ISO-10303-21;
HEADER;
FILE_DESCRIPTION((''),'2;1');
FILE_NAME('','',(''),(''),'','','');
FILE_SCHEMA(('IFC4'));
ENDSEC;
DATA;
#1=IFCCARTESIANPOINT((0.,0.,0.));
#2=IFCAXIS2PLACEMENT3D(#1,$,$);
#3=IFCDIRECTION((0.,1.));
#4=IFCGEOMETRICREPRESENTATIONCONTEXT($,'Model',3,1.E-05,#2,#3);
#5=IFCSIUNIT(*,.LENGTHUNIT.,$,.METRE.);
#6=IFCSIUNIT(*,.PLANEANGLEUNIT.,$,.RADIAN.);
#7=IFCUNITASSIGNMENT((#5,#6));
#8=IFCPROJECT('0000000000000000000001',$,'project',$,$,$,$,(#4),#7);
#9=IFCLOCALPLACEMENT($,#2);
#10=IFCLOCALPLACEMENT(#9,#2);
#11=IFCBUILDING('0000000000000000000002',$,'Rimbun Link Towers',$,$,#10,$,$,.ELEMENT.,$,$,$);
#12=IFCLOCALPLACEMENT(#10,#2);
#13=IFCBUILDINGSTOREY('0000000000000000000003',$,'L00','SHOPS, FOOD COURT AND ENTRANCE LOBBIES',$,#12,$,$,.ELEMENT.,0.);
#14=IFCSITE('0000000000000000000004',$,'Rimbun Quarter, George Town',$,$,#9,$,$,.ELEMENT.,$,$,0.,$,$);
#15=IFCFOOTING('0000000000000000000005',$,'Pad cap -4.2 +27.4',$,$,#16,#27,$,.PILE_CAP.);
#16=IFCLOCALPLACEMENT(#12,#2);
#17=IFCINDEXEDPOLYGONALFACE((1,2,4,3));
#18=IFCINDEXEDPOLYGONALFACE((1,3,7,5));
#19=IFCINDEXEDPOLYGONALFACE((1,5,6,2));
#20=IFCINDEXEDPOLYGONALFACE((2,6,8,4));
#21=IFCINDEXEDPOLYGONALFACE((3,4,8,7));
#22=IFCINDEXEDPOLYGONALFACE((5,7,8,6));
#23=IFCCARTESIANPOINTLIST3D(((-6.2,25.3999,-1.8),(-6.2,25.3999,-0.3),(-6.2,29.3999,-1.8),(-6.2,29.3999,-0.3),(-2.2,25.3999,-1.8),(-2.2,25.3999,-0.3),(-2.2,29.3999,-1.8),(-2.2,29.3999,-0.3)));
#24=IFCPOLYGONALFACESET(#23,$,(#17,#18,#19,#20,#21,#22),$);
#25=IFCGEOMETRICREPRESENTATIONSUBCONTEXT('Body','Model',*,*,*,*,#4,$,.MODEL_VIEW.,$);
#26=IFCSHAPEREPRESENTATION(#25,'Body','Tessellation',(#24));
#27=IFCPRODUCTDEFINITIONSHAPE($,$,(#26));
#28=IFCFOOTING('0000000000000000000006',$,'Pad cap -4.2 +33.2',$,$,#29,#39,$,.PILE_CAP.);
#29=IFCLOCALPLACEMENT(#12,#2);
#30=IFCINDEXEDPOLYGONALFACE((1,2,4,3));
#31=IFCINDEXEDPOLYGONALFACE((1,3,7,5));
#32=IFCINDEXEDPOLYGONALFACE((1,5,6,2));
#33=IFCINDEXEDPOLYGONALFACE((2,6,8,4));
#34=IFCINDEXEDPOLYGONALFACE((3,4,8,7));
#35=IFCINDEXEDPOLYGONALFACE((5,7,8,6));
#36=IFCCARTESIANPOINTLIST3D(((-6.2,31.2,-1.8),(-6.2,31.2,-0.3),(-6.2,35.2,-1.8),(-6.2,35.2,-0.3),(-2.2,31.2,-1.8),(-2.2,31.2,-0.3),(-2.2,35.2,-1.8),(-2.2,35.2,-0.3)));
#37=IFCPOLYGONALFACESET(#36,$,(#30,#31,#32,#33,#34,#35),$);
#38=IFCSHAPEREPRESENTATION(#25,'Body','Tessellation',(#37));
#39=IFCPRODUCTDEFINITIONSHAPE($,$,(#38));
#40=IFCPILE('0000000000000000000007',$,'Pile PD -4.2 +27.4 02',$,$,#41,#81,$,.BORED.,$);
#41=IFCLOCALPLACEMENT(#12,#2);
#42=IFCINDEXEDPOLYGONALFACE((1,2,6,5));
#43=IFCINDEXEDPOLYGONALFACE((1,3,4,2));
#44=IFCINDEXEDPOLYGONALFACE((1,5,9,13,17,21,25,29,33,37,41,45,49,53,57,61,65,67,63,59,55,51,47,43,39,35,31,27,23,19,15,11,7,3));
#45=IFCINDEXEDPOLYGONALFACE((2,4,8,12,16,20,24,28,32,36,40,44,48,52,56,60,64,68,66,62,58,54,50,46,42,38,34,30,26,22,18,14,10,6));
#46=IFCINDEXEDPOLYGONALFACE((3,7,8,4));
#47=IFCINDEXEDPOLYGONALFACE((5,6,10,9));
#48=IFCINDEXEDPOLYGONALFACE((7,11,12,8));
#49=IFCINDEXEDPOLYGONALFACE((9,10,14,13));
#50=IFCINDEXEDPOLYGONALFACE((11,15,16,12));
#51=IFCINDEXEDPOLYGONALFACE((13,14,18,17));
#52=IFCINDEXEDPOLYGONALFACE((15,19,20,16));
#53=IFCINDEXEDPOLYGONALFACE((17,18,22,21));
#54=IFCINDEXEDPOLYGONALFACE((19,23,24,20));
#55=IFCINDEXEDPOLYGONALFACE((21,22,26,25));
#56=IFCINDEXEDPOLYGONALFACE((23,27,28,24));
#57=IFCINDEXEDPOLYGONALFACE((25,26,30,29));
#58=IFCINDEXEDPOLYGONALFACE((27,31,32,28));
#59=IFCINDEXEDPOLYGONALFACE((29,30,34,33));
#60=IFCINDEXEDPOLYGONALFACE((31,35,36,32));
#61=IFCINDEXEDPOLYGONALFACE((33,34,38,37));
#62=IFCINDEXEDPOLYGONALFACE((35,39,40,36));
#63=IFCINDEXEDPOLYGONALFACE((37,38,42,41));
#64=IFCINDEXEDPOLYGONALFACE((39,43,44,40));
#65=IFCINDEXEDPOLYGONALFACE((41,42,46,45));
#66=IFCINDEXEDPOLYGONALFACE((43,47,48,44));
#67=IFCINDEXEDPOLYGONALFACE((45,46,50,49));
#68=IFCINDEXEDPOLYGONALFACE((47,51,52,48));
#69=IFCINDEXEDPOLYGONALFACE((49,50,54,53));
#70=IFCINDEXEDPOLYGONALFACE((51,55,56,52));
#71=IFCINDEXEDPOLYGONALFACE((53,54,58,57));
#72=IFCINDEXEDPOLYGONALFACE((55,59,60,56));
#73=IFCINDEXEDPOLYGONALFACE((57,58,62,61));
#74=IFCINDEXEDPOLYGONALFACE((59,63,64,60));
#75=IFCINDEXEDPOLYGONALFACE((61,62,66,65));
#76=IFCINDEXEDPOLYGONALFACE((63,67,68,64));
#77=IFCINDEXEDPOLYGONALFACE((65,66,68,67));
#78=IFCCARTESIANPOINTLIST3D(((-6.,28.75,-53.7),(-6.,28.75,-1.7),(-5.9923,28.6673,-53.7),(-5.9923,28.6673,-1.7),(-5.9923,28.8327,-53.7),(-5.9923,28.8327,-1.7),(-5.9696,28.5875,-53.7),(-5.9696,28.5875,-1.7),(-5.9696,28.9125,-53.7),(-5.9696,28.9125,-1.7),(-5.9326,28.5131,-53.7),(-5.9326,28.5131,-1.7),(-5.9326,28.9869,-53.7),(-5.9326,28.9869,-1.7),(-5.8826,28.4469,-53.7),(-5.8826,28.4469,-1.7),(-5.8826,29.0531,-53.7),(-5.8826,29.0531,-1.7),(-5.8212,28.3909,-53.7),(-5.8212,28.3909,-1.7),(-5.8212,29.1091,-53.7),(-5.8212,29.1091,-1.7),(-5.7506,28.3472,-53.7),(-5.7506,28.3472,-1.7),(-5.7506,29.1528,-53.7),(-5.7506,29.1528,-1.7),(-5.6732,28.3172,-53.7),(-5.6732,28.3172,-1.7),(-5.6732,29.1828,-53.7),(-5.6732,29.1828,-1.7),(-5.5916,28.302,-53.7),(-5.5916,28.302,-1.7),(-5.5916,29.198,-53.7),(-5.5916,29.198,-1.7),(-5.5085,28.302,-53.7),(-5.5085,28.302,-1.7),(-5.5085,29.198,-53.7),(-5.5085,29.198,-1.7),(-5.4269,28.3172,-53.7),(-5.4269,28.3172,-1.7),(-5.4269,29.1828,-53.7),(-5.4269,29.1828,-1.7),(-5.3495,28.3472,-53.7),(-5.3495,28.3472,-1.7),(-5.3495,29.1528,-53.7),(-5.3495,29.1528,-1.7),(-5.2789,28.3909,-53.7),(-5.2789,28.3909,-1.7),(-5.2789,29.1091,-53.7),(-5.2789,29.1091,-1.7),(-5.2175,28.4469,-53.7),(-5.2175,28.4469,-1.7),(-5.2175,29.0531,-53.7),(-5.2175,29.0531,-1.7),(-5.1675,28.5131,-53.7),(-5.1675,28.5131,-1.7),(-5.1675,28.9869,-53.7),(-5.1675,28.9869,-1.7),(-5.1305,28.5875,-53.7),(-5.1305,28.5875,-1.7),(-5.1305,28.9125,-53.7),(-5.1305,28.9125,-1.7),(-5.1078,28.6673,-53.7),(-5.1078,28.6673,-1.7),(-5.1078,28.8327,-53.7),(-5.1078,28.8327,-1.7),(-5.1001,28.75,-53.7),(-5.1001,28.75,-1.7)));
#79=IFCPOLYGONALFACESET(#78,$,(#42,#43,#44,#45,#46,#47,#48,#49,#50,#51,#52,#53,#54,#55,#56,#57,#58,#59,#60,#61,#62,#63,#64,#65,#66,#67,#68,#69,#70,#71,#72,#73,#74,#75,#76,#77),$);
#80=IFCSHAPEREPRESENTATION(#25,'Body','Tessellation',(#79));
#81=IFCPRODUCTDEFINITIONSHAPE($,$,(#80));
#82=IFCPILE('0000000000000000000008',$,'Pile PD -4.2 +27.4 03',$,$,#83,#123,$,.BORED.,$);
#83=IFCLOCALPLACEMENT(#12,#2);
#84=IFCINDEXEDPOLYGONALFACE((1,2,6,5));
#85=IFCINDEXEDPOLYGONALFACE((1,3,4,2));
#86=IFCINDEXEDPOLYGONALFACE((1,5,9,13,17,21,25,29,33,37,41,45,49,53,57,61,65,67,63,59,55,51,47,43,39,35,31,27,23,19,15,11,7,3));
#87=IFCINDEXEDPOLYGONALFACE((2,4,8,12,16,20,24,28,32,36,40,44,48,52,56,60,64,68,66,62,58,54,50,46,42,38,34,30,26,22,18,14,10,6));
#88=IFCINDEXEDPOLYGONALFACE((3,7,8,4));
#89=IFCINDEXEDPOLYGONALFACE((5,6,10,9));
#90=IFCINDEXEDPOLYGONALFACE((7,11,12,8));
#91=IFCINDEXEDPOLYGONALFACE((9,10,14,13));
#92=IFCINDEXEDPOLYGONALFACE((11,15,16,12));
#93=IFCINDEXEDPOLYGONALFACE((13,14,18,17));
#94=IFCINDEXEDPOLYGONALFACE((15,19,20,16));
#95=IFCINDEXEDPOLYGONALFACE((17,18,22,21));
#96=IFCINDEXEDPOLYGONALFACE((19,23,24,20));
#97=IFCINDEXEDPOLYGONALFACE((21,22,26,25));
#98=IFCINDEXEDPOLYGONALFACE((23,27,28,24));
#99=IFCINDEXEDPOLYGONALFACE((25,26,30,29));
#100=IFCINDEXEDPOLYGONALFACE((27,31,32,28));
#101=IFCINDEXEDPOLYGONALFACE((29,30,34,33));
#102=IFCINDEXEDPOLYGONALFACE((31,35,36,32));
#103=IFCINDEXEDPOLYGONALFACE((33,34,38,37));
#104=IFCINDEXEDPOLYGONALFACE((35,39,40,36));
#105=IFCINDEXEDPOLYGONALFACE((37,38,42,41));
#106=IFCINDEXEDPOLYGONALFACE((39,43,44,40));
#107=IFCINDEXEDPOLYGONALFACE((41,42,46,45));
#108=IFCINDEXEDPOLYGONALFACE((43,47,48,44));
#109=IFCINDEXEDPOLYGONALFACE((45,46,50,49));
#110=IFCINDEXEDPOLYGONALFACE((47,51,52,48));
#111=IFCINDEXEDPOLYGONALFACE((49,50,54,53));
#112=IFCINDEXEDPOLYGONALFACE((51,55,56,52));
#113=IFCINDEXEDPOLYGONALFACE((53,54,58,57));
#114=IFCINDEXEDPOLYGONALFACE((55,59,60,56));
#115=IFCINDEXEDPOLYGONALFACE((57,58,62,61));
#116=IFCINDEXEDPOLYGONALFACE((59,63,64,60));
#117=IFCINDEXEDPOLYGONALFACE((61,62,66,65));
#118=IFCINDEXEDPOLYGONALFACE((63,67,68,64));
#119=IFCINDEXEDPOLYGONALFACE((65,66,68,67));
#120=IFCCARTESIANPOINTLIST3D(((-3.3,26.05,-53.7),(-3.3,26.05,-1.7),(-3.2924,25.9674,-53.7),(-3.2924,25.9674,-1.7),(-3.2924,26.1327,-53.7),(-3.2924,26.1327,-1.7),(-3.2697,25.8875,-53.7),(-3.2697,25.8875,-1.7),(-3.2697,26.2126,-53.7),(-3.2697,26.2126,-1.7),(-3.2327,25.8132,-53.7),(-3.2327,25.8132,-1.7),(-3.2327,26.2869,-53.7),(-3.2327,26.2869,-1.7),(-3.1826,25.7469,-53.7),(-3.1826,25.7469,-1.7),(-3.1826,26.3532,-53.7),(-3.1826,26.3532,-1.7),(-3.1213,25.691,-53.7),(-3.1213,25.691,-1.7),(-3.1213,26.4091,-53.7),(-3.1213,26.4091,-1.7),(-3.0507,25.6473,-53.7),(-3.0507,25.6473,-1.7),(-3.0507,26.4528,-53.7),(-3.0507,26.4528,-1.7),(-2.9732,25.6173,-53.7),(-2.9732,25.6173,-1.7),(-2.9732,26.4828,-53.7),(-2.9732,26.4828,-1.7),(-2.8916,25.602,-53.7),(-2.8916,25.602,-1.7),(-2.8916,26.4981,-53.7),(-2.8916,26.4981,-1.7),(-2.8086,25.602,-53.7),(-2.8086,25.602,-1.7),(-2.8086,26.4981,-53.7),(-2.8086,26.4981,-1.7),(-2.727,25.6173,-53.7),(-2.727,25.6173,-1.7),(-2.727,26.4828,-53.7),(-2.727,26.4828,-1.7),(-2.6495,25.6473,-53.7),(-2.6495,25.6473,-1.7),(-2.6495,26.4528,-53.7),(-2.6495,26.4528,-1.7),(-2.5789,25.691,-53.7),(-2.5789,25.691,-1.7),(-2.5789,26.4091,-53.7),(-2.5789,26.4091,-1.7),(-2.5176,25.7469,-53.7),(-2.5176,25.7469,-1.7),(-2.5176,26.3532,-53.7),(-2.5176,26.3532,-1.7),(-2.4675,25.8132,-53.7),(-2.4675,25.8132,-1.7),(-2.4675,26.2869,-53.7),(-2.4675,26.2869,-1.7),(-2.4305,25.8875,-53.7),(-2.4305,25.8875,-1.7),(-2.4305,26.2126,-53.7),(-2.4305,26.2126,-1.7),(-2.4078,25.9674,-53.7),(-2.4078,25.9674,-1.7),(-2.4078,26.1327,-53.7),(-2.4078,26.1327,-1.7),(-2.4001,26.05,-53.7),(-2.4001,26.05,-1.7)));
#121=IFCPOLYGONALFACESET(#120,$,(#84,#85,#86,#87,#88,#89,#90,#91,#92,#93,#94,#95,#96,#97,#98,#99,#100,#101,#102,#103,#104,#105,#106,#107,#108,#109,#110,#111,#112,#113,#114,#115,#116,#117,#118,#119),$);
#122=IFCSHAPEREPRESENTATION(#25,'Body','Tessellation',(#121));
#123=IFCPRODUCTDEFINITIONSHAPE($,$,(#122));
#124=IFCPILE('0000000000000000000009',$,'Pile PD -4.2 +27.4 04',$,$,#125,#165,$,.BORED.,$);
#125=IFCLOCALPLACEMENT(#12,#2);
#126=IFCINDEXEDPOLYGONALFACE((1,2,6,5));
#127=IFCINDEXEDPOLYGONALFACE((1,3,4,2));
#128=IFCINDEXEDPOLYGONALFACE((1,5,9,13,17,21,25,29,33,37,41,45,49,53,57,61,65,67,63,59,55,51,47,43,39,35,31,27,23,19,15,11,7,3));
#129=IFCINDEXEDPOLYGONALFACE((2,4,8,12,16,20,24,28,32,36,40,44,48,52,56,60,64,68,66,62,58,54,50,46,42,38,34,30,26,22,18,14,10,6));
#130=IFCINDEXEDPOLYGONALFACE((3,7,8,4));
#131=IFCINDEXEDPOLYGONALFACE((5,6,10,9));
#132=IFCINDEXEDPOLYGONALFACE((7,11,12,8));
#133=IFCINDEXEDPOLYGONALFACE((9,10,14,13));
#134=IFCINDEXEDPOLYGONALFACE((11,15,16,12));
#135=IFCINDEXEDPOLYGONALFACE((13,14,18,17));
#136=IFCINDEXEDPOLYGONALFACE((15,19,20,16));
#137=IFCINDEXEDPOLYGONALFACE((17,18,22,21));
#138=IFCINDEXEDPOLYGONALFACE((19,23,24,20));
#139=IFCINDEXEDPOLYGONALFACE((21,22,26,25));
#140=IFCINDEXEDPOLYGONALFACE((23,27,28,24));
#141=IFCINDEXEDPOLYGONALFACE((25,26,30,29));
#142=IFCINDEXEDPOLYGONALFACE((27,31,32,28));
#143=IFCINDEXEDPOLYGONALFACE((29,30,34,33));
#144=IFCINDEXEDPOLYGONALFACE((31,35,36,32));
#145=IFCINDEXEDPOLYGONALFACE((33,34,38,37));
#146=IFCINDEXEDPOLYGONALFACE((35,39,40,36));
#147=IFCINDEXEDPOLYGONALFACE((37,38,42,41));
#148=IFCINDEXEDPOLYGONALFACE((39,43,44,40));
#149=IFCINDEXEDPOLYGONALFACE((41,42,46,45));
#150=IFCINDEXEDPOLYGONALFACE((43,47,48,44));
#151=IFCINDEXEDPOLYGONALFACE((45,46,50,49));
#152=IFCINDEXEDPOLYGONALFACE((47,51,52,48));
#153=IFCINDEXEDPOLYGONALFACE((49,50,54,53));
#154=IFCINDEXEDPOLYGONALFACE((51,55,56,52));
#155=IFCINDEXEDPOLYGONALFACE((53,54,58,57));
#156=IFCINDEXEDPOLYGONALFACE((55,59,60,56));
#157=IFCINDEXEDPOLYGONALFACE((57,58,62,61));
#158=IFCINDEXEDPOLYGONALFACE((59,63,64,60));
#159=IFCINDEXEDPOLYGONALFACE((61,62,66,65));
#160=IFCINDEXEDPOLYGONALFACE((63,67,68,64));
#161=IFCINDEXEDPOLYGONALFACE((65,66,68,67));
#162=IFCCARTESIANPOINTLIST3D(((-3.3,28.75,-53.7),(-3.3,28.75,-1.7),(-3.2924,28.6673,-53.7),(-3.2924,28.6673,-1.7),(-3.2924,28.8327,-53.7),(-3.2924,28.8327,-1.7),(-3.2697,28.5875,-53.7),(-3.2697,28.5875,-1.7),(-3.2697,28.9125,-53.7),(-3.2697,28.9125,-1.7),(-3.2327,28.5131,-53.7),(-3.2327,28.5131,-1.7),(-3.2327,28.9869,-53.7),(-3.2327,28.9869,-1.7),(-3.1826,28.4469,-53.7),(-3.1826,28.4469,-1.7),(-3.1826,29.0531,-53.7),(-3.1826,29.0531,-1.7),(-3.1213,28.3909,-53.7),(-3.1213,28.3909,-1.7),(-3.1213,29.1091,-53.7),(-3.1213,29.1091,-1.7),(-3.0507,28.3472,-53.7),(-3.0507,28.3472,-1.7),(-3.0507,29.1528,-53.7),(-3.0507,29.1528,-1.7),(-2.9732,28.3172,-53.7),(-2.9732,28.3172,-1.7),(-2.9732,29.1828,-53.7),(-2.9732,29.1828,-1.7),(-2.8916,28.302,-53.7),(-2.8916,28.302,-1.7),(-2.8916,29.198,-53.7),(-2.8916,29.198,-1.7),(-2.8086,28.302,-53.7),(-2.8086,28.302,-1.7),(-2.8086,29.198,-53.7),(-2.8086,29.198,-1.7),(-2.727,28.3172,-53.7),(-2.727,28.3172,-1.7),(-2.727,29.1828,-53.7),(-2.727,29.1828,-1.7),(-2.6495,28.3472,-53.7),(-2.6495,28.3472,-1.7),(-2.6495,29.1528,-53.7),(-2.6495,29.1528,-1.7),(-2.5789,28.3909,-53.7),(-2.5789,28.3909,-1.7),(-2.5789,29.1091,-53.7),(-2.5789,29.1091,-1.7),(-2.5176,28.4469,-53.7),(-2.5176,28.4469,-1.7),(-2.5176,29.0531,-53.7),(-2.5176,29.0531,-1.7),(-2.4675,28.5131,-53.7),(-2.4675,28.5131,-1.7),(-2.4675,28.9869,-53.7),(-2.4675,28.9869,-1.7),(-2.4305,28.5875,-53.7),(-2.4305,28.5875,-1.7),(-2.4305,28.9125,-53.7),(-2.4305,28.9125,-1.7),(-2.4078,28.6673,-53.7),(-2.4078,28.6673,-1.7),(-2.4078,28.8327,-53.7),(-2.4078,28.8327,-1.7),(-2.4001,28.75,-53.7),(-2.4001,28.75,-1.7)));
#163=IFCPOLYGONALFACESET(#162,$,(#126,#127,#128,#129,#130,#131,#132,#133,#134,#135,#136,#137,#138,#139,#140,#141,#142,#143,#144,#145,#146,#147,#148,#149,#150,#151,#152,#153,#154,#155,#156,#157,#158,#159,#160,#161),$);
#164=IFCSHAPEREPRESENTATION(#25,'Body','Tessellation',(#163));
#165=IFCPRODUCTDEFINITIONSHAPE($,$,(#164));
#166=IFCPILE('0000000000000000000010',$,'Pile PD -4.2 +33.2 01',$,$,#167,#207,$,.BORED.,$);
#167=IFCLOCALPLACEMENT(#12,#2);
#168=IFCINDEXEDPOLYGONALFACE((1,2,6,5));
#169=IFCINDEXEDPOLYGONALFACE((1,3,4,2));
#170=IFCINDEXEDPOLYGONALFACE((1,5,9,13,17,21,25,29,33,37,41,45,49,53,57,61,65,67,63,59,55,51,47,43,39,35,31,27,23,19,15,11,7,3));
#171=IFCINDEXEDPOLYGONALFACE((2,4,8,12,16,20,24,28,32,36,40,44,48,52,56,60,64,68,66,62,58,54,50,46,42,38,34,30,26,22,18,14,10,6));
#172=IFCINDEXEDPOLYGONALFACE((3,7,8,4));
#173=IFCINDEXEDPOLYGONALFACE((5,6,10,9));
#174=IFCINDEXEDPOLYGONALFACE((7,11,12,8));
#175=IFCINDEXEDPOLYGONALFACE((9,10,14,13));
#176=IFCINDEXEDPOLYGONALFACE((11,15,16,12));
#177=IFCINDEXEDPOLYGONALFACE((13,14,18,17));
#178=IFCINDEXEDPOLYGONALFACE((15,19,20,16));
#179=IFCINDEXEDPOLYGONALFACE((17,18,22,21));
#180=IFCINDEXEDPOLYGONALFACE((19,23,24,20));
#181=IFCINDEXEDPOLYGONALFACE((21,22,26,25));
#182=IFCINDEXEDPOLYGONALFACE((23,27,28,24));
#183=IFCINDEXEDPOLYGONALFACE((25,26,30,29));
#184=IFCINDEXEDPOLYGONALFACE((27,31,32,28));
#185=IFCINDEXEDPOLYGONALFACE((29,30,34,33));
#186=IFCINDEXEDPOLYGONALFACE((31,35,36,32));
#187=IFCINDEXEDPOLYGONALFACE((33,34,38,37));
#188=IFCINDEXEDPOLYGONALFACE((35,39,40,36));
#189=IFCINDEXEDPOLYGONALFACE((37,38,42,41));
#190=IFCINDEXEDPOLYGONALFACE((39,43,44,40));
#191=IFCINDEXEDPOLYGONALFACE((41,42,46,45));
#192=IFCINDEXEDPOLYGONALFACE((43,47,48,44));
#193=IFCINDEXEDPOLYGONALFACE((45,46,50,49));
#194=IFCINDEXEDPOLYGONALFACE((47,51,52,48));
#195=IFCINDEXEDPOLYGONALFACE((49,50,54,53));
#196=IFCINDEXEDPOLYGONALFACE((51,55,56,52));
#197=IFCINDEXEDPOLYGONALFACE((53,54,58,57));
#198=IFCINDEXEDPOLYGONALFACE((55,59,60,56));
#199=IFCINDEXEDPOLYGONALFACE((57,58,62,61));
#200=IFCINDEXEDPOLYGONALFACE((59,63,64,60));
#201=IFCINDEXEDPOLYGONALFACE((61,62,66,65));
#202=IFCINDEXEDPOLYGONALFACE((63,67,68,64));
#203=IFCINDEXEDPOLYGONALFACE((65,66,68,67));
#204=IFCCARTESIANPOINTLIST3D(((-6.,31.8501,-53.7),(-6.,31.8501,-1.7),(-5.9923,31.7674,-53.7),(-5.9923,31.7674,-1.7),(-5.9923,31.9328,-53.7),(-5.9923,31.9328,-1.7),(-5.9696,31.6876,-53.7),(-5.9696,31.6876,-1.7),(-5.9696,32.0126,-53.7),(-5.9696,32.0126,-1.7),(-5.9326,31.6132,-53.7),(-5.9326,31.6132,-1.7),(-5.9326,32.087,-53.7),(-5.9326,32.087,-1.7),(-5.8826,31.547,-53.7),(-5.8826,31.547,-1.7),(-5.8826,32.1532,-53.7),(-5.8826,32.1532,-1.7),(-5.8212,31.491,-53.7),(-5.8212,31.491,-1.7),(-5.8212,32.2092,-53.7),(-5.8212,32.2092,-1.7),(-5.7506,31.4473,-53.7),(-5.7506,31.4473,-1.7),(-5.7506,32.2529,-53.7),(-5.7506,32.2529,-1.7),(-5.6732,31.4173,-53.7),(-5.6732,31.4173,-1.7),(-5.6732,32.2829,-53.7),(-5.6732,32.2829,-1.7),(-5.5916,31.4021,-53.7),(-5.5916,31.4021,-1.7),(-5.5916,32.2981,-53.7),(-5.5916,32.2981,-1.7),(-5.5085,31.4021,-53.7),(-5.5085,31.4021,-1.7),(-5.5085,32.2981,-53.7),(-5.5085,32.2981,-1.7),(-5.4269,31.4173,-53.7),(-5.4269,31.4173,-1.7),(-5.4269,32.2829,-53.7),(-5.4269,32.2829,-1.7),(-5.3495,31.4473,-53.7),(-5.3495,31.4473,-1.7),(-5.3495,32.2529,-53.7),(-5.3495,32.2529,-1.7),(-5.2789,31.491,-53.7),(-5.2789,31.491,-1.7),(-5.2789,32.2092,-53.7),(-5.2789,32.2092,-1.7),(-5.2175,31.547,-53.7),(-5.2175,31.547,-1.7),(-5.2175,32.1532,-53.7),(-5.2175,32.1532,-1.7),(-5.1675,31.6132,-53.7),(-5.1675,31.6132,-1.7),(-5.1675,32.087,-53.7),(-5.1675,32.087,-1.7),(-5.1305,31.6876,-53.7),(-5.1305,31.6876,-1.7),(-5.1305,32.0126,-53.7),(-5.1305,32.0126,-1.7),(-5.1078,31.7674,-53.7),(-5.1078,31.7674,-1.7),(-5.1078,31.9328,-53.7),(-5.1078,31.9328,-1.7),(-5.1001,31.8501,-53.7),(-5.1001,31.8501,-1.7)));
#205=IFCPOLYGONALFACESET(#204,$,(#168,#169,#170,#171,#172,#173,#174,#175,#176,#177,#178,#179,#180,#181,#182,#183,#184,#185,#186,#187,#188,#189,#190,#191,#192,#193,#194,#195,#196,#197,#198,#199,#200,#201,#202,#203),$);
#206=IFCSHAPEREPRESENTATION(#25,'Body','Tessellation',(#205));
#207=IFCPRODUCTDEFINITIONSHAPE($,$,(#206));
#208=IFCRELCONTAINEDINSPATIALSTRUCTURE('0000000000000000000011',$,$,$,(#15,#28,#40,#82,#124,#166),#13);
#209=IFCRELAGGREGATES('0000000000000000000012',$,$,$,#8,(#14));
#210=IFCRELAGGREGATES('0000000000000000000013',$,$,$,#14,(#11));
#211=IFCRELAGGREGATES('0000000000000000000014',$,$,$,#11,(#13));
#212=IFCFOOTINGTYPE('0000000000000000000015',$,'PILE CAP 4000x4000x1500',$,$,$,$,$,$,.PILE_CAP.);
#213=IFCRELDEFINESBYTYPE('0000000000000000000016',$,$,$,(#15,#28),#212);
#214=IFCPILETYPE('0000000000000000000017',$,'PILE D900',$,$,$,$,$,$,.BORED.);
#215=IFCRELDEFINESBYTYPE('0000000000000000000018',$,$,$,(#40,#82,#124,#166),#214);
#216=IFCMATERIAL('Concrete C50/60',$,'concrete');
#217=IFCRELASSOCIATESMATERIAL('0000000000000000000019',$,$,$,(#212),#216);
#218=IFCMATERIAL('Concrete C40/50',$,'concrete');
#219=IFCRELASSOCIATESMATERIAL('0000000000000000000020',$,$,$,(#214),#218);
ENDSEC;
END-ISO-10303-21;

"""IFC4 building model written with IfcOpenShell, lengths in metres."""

from ifc_helpers import new_model, si_unit, direction, frame, origin, origin_2d, place, context, subcontext, project, spatial, rectangle, circle, extrude, material, material_profile, profile_set, type_object, element, save


model = new_model("IFC4")

# Units and contexts
model_context = context("Model", 3, precision=1e-05, world=origin(), true_north=direction((0.0, 1.0)))
body_context = subcontext(model_context, "Body", "Model", "MODEL_VIEW")
ifc_project = project(units=[si_unit("LENGTHUNIT", "METRE"), si_unit("PLANEANGLEUNIT", "RADIAN")], contexts=[model_context])

# Site, building, storey
site_placement = place(None, origin())
site = spatial("IfcSite", under=ifc_project, at=site_placement, Name="Rimbun Quarter, George Town", CompositionType="ELEMENT", RefElevation=0.0)
building_placement = place(site_placement, origin())
building = spatial("IfcBuilding", under=site, at=building_placement, Name="Rimbun Link Towers", CompositionType="ELEMENT")
storey_placement = place(building_placement, origin())
storey = spatial("IfcBuildingStorey", under=building, at=storey_placement, Name="L00", Description="SHOPS, FOOD COURT AND ENTRANCE LOBBIES", CompositionType="ELEMENT", Elevation=0.0)

# Footings
ifc_material_1 = material(Name="Concrete C50/60", Category="concrete")
footing_type = type_object("IfcFootingType", Name="PILE CAP 4000x4000x1500", PredefinedType="PILE_CAP", material=ifc_material_1)
for number, where, z_axis, x_axis, name in (
    (1, (-4.2, 27.3999, -1.8), (0.0, 0.0, 1.0), (1.0, 0.0, 0.0), "Pad cap -4.2 +27.4"),
    (2, (-4.2, 33.2, -1.8), (0.0, 0.0, 1.0), (1.0, 0.0, 0.0), "Pad cap -4.2 +33.2"),
):
    element("IfcFooting", number, at=place(storey_placement, frame(where, z_axis=z_axis, x_axis=x_axis)), inside=storey, type_object=footing_type, Name=name, PredefinedType="PILE_CAP", context=body_context, shape_type="SweptSolid", body=[
        extrude(rectangle(XDim=4.0, YDim=4.0, at=origin_2d()), origin(), (0.0, 0.0, 1.0), 1.5),
    ])

# Piles
ifc_material_2 = material(Name="Concrete C40/50", Category="concrete")
ifc_material_profile_1 = material_profile(ifc_material_2, circle(Radius=0.45, at=origin_2d()), Name="PILE D900")
ifc_profile_set_1 = profile_set([ifc_material_profile_1], Name="Concrete C40/50")
pile_type = type_object("IfcPileType", Name="PILE D900", PredefinedType="BORED", material=ifc_profile_set_1)
for number, where, z_axis, x_axis, name in (
    (3, (-5.55, 28.75, -1.7), (0.0, 0.0, -1.0), (1.0, 0.0, 0.0), "Pile PD -4.2 +27.4 02"),
    (4, (-2.8501, 26.05, -1.7), (0.0, 0.0, -1.0), (1.0, 0.0, 0.0), "Pile PD -4.2 +27.4 03"),
    (5, (-2.8501, 28.75, -1.7), (0.0, 0.0, -1.0), (1.0, 0.0, 0.0), "Pile PD -4.2 +27.4 04"),
    (6, (-5.55, 31.8501, -1.7), (0.0, 0.0, -1.0), (1.0, 0.0, 0.0), "Pile PD -4.2 +33.2 01"),
):
    element("IfcPile", number, at=place(storey_placement, frame(where, z_axis=z_axis, x_axis=x_axis)), inside=storey, type_object=pile_type, Name=name, PredefinedType="BORED", context=body_context, shape_type="SweptSolid", body=[
        extrude(circle(Radius=0.45, at=origin_2d()), origin(), (0.0, 0.0, 1.0), 52.0),
    ])

save(model, "model.ifc")
